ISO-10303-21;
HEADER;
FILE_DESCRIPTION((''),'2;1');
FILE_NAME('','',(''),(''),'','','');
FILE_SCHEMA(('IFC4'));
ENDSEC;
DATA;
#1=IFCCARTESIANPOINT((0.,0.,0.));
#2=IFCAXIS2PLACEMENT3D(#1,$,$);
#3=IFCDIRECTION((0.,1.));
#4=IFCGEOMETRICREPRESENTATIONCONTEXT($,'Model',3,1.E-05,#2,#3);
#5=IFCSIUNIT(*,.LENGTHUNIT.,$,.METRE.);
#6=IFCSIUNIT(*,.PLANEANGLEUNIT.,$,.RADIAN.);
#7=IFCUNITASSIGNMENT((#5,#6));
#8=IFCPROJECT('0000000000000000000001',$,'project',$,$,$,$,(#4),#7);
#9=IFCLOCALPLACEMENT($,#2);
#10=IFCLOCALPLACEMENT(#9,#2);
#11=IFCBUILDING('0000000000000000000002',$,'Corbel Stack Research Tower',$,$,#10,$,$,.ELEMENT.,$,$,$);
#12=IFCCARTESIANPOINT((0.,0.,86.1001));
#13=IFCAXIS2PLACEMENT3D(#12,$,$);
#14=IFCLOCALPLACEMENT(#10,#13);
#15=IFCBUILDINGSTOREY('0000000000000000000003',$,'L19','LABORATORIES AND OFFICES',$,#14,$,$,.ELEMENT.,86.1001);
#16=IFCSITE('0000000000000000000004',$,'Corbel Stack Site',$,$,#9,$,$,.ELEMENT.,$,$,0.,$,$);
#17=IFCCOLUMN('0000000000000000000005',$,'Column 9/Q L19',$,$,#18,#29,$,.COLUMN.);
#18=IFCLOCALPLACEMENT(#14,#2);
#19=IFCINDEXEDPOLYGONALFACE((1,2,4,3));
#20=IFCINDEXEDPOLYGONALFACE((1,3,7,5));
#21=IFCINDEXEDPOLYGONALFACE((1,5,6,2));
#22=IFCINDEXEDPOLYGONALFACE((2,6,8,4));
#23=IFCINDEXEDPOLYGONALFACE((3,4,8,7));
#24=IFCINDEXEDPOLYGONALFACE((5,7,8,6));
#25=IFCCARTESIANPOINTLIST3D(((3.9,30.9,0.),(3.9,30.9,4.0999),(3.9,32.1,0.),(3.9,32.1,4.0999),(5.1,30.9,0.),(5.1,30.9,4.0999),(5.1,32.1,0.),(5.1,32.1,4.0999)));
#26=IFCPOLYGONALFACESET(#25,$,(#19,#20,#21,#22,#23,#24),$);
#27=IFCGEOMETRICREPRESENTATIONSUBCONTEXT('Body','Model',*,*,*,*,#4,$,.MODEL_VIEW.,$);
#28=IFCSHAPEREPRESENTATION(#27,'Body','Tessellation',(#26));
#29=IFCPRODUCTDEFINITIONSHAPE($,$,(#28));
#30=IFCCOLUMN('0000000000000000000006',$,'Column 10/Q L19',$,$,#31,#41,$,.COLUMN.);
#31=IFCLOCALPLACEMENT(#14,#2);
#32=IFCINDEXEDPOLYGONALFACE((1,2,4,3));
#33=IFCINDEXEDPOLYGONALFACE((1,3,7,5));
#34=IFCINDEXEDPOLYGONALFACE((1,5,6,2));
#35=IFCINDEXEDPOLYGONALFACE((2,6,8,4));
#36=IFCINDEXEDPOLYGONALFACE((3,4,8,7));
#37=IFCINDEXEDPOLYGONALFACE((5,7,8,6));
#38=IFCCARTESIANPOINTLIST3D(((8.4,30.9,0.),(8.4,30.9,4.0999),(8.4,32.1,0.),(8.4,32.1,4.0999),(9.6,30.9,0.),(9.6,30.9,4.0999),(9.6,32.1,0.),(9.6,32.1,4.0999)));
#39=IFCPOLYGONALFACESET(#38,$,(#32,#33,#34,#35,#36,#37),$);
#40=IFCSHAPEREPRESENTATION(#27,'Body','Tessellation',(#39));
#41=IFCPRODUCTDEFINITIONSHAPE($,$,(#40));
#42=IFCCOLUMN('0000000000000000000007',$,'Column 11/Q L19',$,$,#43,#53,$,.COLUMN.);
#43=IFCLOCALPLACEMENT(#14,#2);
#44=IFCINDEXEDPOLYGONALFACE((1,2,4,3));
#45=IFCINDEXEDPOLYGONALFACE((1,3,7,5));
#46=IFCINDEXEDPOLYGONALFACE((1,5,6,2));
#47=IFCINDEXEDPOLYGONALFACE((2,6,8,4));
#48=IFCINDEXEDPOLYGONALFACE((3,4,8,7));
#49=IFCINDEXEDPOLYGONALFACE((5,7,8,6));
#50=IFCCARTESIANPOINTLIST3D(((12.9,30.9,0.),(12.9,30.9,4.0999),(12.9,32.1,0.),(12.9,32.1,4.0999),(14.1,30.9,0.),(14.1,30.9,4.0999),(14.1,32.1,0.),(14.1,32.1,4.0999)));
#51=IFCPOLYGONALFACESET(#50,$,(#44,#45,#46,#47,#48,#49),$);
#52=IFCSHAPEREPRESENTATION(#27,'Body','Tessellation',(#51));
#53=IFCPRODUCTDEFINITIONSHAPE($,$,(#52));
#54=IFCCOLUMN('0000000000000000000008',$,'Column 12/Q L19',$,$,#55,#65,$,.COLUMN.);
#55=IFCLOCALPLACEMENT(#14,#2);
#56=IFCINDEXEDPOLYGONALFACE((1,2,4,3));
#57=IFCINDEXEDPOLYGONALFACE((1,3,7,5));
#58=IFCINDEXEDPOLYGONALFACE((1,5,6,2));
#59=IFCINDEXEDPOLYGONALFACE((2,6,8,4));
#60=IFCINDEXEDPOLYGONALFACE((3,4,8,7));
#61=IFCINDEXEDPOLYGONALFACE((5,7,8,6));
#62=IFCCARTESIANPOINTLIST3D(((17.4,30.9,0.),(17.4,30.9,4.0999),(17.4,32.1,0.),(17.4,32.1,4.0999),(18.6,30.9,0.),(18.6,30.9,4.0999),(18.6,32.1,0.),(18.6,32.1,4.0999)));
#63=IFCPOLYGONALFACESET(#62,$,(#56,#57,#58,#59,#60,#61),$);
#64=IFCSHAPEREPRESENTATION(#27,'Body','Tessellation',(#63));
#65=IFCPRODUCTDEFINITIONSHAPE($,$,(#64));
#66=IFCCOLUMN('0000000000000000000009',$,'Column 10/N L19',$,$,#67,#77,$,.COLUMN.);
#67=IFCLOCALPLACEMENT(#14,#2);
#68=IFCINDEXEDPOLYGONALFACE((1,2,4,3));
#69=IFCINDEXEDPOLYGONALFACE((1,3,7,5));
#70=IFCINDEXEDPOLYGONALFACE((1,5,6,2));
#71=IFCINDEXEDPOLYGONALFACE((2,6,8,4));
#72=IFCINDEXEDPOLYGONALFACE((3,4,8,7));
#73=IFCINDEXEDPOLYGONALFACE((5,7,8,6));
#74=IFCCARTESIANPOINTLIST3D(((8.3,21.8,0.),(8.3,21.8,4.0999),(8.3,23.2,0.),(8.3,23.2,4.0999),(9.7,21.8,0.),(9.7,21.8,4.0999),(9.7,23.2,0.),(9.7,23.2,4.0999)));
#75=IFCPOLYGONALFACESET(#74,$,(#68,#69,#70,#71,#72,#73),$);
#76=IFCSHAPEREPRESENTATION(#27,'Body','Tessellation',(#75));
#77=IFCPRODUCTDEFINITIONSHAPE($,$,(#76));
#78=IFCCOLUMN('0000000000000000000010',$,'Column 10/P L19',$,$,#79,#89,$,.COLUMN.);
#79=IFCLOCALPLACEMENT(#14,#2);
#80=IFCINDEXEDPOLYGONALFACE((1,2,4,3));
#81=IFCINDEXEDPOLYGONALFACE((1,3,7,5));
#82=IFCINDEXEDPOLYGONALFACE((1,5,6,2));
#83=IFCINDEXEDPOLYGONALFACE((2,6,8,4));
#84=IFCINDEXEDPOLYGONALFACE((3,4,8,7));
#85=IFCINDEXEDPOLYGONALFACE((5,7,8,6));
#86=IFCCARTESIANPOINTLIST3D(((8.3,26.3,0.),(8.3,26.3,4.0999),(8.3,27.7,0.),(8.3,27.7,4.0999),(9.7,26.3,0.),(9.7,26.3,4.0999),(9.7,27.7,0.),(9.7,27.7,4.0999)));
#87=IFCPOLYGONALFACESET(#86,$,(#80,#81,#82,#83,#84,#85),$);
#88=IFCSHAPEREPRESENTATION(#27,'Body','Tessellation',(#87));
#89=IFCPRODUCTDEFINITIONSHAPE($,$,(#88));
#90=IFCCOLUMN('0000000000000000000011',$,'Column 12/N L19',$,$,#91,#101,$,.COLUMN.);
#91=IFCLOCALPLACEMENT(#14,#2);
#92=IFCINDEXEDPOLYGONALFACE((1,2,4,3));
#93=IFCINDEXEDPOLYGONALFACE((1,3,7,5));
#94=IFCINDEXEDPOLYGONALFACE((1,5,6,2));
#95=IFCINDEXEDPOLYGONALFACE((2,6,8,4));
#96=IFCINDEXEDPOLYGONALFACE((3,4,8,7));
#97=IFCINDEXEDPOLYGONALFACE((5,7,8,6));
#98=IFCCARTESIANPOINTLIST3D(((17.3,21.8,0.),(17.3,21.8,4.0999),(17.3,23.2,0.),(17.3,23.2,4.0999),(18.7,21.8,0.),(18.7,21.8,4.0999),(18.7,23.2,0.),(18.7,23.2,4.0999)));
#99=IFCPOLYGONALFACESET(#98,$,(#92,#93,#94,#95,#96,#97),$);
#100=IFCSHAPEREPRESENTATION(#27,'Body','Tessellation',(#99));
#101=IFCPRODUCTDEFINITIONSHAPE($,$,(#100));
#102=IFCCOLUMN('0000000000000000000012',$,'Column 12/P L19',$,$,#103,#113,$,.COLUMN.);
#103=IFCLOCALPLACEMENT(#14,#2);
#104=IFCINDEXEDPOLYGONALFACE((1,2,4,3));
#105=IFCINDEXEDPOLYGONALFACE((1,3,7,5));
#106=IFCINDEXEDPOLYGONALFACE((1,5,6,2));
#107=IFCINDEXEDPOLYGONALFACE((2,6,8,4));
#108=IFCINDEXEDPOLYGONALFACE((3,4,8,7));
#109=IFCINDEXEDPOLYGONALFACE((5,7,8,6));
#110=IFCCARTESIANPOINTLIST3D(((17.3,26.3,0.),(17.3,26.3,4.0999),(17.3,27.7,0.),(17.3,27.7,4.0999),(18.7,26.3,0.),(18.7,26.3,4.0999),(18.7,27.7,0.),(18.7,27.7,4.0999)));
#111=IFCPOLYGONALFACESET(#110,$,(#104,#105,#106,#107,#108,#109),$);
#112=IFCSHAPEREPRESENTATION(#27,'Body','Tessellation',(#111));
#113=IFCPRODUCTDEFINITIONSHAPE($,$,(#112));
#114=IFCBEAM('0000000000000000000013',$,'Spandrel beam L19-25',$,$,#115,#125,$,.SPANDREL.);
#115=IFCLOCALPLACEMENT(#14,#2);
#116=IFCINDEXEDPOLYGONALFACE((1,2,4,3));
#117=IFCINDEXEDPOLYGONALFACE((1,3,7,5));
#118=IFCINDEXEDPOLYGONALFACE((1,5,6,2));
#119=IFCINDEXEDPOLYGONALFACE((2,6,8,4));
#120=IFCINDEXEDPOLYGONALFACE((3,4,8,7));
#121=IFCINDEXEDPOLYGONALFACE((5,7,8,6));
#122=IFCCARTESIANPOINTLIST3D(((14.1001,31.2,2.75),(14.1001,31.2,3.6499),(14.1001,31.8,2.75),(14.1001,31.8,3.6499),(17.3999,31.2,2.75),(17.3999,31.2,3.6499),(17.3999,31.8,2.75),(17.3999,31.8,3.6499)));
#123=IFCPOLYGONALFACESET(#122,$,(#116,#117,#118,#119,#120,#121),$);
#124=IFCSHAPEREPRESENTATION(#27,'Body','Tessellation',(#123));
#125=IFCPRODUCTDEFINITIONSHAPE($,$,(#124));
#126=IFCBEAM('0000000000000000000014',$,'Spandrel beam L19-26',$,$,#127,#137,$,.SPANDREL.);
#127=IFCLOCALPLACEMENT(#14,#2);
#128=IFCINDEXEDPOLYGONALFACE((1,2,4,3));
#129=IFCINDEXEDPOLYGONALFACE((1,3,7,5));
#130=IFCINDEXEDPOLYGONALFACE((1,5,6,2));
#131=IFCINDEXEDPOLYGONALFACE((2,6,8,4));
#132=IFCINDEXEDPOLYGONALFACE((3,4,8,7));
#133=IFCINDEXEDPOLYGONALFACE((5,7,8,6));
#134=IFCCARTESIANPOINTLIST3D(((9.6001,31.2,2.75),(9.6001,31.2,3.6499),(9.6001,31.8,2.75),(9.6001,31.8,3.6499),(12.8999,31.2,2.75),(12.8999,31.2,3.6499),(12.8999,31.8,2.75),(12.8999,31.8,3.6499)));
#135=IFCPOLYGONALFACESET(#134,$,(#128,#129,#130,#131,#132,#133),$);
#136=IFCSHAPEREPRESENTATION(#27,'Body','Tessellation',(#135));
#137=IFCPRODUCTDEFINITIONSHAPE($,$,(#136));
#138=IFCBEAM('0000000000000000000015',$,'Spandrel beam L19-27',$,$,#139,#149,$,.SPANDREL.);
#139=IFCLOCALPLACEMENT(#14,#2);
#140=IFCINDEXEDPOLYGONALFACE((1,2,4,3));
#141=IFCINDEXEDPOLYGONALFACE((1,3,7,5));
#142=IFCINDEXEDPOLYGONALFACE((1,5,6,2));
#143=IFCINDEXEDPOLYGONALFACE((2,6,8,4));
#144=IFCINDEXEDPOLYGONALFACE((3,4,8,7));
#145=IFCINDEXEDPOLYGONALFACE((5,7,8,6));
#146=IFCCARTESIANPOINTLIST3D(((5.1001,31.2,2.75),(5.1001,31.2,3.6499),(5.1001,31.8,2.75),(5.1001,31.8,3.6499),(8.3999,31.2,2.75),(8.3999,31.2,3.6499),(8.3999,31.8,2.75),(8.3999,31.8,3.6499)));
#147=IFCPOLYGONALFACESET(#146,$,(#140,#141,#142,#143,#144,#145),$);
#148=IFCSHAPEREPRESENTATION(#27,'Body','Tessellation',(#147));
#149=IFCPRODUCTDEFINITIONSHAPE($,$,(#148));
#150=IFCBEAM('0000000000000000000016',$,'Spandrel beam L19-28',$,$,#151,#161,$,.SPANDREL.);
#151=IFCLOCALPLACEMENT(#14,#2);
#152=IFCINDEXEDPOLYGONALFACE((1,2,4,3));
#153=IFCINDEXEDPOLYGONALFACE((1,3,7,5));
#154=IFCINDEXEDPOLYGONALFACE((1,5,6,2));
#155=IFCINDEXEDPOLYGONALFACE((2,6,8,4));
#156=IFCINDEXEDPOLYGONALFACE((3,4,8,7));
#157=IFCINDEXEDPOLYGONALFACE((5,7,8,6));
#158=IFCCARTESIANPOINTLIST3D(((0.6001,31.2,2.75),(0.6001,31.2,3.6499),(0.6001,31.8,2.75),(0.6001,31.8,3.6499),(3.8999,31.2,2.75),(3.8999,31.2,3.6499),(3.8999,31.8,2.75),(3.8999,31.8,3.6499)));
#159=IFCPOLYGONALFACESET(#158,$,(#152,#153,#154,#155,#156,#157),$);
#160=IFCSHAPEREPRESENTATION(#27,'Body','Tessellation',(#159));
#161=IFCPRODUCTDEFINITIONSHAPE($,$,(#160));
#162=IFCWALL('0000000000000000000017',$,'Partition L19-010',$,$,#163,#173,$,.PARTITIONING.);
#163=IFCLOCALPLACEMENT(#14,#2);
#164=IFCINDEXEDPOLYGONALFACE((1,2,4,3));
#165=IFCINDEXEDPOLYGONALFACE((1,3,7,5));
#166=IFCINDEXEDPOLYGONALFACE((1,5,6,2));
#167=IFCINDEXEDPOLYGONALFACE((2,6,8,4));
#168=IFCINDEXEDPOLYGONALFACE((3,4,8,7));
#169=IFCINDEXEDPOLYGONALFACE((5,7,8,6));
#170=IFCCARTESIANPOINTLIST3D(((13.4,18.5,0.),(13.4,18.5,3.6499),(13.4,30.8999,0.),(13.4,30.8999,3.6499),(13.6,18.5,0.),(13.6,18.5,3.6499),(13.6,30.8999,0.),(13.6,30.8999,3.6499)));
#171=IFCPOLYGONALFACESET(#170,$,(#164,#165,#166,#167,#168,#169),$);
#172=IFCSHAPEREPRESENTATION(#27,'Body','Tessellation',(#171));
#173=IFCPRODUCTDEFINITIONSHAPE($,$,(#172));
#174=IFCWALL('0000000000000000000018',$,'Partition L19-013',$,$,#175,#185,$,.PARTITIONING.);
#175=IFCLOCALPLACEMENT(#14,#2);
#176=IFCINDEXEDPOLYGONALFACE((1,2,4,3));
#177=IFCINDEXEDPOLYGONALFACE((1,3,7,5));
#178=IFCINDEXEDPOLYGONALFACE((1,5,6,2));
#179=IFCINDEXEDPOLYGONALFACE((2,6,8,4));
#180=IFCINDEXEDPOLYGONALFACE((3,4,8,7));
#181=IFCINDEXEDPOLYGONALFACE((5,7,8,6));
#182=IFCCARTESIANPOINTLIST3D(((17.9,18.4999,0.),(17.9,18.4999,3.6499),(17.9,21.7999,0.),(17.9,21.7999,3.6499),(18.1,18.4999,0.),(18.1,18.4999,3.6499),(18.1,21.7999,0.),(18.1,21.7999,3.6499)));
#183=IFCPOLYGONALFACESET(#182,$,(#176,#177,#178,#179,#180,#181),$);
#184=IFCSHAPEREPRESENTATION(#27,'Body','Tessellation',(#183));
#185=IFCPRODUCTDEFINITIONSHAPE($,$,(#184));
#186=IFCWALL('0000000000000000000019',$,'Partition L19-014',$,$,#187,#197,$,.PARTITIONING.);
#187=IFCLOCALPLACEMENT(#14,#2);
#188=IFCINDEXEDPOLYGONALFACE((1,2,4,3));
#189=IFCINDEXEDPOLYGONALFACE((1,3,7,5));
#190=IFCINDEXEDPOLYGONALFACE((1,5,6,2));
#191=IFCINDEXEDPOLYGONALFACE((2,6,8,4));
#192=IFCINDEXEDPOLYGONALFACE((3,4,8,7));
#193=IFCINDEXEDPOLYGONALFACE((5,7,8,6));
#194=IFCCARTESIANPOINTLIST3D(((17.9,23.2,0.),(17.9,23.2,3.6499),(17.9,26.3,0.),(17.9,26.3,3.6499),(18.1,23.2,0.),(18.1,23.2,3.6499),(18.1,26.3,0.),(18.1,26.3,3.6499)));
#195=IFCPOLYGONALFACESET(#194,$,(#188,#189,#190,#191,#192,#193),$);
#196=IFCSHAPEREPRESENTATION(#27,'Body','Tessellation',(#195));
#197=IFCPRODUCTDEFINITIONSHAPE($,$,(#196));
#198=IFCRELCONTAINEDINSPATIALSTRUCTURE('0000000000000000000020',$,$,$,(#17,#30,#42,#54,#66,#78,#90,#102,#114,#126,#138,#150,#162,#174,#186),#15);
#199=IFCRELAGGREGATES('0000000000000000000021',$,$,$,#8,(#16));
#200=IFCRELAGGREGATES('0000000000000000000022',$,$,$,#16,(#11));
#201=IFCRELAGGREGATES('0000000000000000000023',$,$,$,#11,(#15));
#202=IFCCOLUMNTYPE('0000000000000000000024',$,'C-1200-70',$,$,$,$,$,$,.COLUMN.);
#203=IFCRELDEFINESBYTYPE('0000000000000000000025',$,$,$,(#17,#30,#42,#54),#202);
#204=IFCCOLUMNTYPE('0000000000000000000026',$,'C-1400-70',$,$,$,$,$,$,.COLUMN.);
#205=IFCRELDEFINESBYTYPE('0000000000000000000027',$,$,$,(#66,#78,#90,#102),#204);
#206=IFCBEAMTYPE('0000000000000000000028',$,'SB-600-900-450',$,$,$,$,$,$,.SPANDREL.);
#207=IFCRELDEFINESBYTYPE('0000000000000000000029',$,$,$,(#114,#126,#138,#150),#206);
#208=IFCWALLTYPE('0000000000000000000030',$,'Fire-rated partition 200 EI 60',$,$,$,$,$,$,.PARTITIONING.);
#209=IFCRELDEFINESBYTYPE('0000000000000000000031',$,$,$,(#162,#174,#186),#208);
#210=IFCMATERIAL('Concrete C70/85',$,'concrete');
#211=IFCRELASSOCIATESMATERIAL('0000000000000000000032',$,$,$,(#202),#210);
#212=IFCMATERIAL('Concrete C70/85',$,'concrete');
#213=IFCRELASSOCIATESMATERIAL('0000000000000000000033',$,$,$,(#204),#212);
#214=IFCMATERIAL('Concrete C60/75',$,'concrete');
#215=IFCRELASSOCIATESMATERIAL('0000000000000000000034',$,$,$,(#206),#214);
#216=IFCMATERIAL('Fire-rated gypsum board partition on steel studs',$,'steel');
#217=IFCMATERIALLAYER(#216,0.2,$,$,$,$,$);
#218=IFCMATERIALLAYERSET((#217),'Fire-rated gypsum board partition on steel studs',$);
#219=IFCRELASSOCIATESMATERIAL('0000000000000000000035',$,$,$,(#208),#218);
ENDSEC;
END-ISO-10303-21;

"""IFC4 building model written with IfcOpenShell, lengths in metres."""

from ifc_helpers import new_model, si_unit, direction, frame, frame_2d, origin, origin_2d, place, context, subcontext, project, spatial, rectangle, extrude, material, layer, layer_set, material_profile, profile_set, type_object, element, save


model = new_model("IFC4")

# Units and contexts
model_context = context("Model", 3, precision=1e-05, world=origin(), true_north=direction((0.0, 1.0)))
body_context = subcontext(model_context, "Body", "Model", "MODEL_VIEW")
ifc_project = project(units=[si_unit("LENGTHUNIT", "METRE"), si_unit("PLANEANGLEUNIT", "RADIAN")], contexts=[model_context])

# Site, building, storey
site_placement = place(None, origin())
site = spatial("IfcSite", under=ifc_project, at=site_placement, Name="Corbel Stack Site", CompositionType="ELEMENT", RefElevation=0.0)
building_placement = place(site_placement, origin())
building = spatial("IfcBuilding", under=site, at=building_placement, Name="Corbel Stack Research Tower", CompositionType="ELEMENT")
storey_placement = place(building_placement, frame((0.0, 0.0, 86.1001)))
storey = spatial("IfcBuildingStorey", under=building, at=storey_placement, Name="L19", Description="LABORATORIES AND OFFICES", CompositionType="ELEMENT", Elevation=86.1001)

# Columns
ifc_material_1 = material(Name="Concrete C70/85", Category="concrete")
ifc_material_profile_1 = material_profile(ifc_material_1, rectangle(XDim=1.2, YDim=1.2, at=origin_2d()), Name="RC 1200 x 1200")
ifc_profile_set_1 = profile_set([ifc_material_profile_1], Name="Concrete C70/85")
column_type_1 = type_object("IfcColumnType", Name="C-1200-70", PredefinedType="COLUMN", material=ifc_profile_set_1)
for number, where, z_axis, x_axis, name in (
    (1, (4.5, 31.5, 0.0), (0.0, 0.0, 1.0), (1.0, 0.0, 0.0), "Column 9/Q L19"),
    (2, (9.0, 31.5, 0.0), (0.0, 0.0, 1.0), (1.0, 0.0, 0.0), "Column 10/Q L19"),
    (3, (13.5, 31.5, 0.0), (0.0, 0.0, 1.0), (1.0, 0.0, 0.0), "Column 11/Q L19"),
    (4, (18.0, 31.5, 0.0), (0.0, 0.0, 1.0), (1.0, 0.0, 0.0), "Column 12/Q L19"),
):
    element("IfcColumn", number, at=place(storey_placement, frame(where, z_axis=z_axis, x_axis=x_axis)), inside=storey, type_object=column_type_1, Name=name, PredefinedType="COLUMN", context=body_context, shape_type="SweptSolid", body=[
        extrude(rectangle(XDim=1.2, YDim=1.2, at=origin_2d()), origin(), (0.0, 0.0, 1.0), 4.0999),
    ])
ifc_material_2 = material(Name="Concrete C70/85", Category="concrete")
ifc_material_profile_2 = material_profile(ifc_material_2, rectangle(XDim=1.3999, YDim=1.3999, at=origin_2d()), Name="RC 1400 x 1400")
ifc_profile_set_2 = profile_set([ifc_material_profile_2], Name="Concrete C70/85")
column_type_2 = type_object("IfcColumnType", Name="C-1400-70", PredefinedType="COLUMN", material=ifc_profile_set_2)
for number, where, z_axis, x_axis, name in (
    (5, (9.0, 22.5, 0.0), (0.0, 0.0, 1.0), (1.0, 0.0, 0.0), "Column 10/N L19"),
    (6, (9.0, 27.0, 0.0), (0.0, 0.0, 1.0), (1.0, 0.0, 0.0), "Column 10/P L19"),
    (7, (18.0, 22.5, 0.0), (0.0, 0.0, 1.0), (1.0, 0.0, 0.0), "Column 12/N L19"),
    (8, (18.0, 27.0, 0.0), (0.0, 0.0, 1.0), (1.0, 0.0, 0.0), "Column 12/P L19"),
):
    element("IfcColumn", number, at=place(storey_placement, frame(where, z_axis=z_axis, x_axis=x_axis)), inside=storey, type_object=column_type_2, Name=name, PredefinedType="COLUMN", context=body_context, shape_type="SweptSolid", body=[
        extrude(rectangle(XDim=1.3999, YDim=1.3999, at=origin_2d()), origin(), (0.0, 0.0, 1.0), 4.0999),
    ])

# Beams
ifc_material_3 = material(Name="Concrete C60/75", Category="concrete")
ifc_material_profile_3 = material_profile(ifc_material_3, rectangle(XDim=0.6001, YDim=0.8999, at=origin_2d()), Name="RC 600 x 900")
ifc_profile_set_3 = profile_set([ifc_material_profile_3], Name="Concrete C60/75")
beam_type = type_object("IfcBeamType", Name="SB-600-900-450", PredefinedType="SPANDREL", material=ifc_profile_set_3)
for number, where, z_axis, x_axis, name in (
    (9, (17.3999, 31.5, 3.2), (-1.0, 0.0, 0.0), (0.0, -1.0, 0.0), "Spandrel beam L19-25"),
    (10, (12.8999, 31.5, 3.2), (-1.0, 0.0, 0.0), (0.0, -1.0, 0.0), "Spandrel beam L19-26"),
    (11, (8.3999, 31.5, 3.2), (-1.0, 0.0, 0.0), (0.0, -1.0, 0.0), "Spandrel beam L19-27"),
    (12, (3.8999, 31.5, 3.2), (-1.0, 0.0, 0.0), (0.0, -1.0, 0.0), "Spandrel beam L19-28"),
):
    element("IfcBeam", number, at=place(storey_placement, frame(where, z_axis=z_axis, x_axis=x_axis)), inside=storey, type_object=beam_type, Name=name, PredefinedType="SPANDREL", context=body_context, shape_type="SweptSolid", body=[
        extrude(rectangle(XDim=0.6001, YDim=0.8999, at=origin_2d()), origin(), (0.0, 0.0, 1.0), 3.2998),
    ])

# Walls
ifc_material_4 = material(Name="Fire-rated gypsum board partition on steel studs", Category="steel")
ifc_layer_1 = layer(ifc_material_4, 0.2)
ifc_layer_set_1 = layer_set([ifc_layer_1], Name="Fire-rated gypsum board partition on steel studs")
wall_type_1 = type_object("IfcWallType", Name="Fire-rated partition 200 EI 60", PredefinedType="PARTITIONING", material=ifc_layer_set_1)
wall_1_placement = place(storey_placement, frame((13.5, 18.5, 0.0), z_axis=(0.0, 0.0, 1.0), x_axis=(0.0, 1.0, 0.0)))
element("IfcWall", 13, at=wall_1_placement, inside=storey, type_object=wall_type_1, Name="Partition L19-010", PredefinedType="PARTITIONING", context=body_context, shape_type="SweptSolid", body=[
    extrude(rectangle(XDim=12.3999, YDim=0.2, at=frame_2d((6.2, 0.0))), origin(), (0.0, 0.0, 1.0), 3.6499),
])
wall_2_placement = place(storey_placement, frame((18.0, 18.5, 0.0), z_axis=(0.0, 0.0, 1.0), x_axis=(0.0, 1.0, 0.0)))
element("IfcWall", 14, at=wall_2_placement, inside=storey, type_object=wall_type_1, Name="Partition L19-013", PredefinedType="PARTITIONING", context=body_context, shape_type="SweptSolid", body=[
    extrude(rectangle(XDim=3.3, YDim=0.2, at=frame_2d((1.6499, 0.0))), origin(), (0.0, 0.0, 1.0), 3.6499),
])
wall_3_placement = place(storey_placement, frame((18.0, 23.2, 0.0), z_axis=(0.0, 0.0, 1.0), x_axis=(0.0, 1.0, 0.0)))
element("IfcWall", 15, at=wall_3_placement, inside=storey, type_object=wall_type_1, Name="Partition L19-014", PredefinedType="PARTITIONING", context=body_context, shape_type="SweptSolid", body=[
    extrude(rectangle(XDim=3.1001, YDim=0.2, at=frame_2d((1.55, 0.0))), origin(), (0.0, 0.0, 1.0), 3.6499),
])

save(model, "model.ifc")
